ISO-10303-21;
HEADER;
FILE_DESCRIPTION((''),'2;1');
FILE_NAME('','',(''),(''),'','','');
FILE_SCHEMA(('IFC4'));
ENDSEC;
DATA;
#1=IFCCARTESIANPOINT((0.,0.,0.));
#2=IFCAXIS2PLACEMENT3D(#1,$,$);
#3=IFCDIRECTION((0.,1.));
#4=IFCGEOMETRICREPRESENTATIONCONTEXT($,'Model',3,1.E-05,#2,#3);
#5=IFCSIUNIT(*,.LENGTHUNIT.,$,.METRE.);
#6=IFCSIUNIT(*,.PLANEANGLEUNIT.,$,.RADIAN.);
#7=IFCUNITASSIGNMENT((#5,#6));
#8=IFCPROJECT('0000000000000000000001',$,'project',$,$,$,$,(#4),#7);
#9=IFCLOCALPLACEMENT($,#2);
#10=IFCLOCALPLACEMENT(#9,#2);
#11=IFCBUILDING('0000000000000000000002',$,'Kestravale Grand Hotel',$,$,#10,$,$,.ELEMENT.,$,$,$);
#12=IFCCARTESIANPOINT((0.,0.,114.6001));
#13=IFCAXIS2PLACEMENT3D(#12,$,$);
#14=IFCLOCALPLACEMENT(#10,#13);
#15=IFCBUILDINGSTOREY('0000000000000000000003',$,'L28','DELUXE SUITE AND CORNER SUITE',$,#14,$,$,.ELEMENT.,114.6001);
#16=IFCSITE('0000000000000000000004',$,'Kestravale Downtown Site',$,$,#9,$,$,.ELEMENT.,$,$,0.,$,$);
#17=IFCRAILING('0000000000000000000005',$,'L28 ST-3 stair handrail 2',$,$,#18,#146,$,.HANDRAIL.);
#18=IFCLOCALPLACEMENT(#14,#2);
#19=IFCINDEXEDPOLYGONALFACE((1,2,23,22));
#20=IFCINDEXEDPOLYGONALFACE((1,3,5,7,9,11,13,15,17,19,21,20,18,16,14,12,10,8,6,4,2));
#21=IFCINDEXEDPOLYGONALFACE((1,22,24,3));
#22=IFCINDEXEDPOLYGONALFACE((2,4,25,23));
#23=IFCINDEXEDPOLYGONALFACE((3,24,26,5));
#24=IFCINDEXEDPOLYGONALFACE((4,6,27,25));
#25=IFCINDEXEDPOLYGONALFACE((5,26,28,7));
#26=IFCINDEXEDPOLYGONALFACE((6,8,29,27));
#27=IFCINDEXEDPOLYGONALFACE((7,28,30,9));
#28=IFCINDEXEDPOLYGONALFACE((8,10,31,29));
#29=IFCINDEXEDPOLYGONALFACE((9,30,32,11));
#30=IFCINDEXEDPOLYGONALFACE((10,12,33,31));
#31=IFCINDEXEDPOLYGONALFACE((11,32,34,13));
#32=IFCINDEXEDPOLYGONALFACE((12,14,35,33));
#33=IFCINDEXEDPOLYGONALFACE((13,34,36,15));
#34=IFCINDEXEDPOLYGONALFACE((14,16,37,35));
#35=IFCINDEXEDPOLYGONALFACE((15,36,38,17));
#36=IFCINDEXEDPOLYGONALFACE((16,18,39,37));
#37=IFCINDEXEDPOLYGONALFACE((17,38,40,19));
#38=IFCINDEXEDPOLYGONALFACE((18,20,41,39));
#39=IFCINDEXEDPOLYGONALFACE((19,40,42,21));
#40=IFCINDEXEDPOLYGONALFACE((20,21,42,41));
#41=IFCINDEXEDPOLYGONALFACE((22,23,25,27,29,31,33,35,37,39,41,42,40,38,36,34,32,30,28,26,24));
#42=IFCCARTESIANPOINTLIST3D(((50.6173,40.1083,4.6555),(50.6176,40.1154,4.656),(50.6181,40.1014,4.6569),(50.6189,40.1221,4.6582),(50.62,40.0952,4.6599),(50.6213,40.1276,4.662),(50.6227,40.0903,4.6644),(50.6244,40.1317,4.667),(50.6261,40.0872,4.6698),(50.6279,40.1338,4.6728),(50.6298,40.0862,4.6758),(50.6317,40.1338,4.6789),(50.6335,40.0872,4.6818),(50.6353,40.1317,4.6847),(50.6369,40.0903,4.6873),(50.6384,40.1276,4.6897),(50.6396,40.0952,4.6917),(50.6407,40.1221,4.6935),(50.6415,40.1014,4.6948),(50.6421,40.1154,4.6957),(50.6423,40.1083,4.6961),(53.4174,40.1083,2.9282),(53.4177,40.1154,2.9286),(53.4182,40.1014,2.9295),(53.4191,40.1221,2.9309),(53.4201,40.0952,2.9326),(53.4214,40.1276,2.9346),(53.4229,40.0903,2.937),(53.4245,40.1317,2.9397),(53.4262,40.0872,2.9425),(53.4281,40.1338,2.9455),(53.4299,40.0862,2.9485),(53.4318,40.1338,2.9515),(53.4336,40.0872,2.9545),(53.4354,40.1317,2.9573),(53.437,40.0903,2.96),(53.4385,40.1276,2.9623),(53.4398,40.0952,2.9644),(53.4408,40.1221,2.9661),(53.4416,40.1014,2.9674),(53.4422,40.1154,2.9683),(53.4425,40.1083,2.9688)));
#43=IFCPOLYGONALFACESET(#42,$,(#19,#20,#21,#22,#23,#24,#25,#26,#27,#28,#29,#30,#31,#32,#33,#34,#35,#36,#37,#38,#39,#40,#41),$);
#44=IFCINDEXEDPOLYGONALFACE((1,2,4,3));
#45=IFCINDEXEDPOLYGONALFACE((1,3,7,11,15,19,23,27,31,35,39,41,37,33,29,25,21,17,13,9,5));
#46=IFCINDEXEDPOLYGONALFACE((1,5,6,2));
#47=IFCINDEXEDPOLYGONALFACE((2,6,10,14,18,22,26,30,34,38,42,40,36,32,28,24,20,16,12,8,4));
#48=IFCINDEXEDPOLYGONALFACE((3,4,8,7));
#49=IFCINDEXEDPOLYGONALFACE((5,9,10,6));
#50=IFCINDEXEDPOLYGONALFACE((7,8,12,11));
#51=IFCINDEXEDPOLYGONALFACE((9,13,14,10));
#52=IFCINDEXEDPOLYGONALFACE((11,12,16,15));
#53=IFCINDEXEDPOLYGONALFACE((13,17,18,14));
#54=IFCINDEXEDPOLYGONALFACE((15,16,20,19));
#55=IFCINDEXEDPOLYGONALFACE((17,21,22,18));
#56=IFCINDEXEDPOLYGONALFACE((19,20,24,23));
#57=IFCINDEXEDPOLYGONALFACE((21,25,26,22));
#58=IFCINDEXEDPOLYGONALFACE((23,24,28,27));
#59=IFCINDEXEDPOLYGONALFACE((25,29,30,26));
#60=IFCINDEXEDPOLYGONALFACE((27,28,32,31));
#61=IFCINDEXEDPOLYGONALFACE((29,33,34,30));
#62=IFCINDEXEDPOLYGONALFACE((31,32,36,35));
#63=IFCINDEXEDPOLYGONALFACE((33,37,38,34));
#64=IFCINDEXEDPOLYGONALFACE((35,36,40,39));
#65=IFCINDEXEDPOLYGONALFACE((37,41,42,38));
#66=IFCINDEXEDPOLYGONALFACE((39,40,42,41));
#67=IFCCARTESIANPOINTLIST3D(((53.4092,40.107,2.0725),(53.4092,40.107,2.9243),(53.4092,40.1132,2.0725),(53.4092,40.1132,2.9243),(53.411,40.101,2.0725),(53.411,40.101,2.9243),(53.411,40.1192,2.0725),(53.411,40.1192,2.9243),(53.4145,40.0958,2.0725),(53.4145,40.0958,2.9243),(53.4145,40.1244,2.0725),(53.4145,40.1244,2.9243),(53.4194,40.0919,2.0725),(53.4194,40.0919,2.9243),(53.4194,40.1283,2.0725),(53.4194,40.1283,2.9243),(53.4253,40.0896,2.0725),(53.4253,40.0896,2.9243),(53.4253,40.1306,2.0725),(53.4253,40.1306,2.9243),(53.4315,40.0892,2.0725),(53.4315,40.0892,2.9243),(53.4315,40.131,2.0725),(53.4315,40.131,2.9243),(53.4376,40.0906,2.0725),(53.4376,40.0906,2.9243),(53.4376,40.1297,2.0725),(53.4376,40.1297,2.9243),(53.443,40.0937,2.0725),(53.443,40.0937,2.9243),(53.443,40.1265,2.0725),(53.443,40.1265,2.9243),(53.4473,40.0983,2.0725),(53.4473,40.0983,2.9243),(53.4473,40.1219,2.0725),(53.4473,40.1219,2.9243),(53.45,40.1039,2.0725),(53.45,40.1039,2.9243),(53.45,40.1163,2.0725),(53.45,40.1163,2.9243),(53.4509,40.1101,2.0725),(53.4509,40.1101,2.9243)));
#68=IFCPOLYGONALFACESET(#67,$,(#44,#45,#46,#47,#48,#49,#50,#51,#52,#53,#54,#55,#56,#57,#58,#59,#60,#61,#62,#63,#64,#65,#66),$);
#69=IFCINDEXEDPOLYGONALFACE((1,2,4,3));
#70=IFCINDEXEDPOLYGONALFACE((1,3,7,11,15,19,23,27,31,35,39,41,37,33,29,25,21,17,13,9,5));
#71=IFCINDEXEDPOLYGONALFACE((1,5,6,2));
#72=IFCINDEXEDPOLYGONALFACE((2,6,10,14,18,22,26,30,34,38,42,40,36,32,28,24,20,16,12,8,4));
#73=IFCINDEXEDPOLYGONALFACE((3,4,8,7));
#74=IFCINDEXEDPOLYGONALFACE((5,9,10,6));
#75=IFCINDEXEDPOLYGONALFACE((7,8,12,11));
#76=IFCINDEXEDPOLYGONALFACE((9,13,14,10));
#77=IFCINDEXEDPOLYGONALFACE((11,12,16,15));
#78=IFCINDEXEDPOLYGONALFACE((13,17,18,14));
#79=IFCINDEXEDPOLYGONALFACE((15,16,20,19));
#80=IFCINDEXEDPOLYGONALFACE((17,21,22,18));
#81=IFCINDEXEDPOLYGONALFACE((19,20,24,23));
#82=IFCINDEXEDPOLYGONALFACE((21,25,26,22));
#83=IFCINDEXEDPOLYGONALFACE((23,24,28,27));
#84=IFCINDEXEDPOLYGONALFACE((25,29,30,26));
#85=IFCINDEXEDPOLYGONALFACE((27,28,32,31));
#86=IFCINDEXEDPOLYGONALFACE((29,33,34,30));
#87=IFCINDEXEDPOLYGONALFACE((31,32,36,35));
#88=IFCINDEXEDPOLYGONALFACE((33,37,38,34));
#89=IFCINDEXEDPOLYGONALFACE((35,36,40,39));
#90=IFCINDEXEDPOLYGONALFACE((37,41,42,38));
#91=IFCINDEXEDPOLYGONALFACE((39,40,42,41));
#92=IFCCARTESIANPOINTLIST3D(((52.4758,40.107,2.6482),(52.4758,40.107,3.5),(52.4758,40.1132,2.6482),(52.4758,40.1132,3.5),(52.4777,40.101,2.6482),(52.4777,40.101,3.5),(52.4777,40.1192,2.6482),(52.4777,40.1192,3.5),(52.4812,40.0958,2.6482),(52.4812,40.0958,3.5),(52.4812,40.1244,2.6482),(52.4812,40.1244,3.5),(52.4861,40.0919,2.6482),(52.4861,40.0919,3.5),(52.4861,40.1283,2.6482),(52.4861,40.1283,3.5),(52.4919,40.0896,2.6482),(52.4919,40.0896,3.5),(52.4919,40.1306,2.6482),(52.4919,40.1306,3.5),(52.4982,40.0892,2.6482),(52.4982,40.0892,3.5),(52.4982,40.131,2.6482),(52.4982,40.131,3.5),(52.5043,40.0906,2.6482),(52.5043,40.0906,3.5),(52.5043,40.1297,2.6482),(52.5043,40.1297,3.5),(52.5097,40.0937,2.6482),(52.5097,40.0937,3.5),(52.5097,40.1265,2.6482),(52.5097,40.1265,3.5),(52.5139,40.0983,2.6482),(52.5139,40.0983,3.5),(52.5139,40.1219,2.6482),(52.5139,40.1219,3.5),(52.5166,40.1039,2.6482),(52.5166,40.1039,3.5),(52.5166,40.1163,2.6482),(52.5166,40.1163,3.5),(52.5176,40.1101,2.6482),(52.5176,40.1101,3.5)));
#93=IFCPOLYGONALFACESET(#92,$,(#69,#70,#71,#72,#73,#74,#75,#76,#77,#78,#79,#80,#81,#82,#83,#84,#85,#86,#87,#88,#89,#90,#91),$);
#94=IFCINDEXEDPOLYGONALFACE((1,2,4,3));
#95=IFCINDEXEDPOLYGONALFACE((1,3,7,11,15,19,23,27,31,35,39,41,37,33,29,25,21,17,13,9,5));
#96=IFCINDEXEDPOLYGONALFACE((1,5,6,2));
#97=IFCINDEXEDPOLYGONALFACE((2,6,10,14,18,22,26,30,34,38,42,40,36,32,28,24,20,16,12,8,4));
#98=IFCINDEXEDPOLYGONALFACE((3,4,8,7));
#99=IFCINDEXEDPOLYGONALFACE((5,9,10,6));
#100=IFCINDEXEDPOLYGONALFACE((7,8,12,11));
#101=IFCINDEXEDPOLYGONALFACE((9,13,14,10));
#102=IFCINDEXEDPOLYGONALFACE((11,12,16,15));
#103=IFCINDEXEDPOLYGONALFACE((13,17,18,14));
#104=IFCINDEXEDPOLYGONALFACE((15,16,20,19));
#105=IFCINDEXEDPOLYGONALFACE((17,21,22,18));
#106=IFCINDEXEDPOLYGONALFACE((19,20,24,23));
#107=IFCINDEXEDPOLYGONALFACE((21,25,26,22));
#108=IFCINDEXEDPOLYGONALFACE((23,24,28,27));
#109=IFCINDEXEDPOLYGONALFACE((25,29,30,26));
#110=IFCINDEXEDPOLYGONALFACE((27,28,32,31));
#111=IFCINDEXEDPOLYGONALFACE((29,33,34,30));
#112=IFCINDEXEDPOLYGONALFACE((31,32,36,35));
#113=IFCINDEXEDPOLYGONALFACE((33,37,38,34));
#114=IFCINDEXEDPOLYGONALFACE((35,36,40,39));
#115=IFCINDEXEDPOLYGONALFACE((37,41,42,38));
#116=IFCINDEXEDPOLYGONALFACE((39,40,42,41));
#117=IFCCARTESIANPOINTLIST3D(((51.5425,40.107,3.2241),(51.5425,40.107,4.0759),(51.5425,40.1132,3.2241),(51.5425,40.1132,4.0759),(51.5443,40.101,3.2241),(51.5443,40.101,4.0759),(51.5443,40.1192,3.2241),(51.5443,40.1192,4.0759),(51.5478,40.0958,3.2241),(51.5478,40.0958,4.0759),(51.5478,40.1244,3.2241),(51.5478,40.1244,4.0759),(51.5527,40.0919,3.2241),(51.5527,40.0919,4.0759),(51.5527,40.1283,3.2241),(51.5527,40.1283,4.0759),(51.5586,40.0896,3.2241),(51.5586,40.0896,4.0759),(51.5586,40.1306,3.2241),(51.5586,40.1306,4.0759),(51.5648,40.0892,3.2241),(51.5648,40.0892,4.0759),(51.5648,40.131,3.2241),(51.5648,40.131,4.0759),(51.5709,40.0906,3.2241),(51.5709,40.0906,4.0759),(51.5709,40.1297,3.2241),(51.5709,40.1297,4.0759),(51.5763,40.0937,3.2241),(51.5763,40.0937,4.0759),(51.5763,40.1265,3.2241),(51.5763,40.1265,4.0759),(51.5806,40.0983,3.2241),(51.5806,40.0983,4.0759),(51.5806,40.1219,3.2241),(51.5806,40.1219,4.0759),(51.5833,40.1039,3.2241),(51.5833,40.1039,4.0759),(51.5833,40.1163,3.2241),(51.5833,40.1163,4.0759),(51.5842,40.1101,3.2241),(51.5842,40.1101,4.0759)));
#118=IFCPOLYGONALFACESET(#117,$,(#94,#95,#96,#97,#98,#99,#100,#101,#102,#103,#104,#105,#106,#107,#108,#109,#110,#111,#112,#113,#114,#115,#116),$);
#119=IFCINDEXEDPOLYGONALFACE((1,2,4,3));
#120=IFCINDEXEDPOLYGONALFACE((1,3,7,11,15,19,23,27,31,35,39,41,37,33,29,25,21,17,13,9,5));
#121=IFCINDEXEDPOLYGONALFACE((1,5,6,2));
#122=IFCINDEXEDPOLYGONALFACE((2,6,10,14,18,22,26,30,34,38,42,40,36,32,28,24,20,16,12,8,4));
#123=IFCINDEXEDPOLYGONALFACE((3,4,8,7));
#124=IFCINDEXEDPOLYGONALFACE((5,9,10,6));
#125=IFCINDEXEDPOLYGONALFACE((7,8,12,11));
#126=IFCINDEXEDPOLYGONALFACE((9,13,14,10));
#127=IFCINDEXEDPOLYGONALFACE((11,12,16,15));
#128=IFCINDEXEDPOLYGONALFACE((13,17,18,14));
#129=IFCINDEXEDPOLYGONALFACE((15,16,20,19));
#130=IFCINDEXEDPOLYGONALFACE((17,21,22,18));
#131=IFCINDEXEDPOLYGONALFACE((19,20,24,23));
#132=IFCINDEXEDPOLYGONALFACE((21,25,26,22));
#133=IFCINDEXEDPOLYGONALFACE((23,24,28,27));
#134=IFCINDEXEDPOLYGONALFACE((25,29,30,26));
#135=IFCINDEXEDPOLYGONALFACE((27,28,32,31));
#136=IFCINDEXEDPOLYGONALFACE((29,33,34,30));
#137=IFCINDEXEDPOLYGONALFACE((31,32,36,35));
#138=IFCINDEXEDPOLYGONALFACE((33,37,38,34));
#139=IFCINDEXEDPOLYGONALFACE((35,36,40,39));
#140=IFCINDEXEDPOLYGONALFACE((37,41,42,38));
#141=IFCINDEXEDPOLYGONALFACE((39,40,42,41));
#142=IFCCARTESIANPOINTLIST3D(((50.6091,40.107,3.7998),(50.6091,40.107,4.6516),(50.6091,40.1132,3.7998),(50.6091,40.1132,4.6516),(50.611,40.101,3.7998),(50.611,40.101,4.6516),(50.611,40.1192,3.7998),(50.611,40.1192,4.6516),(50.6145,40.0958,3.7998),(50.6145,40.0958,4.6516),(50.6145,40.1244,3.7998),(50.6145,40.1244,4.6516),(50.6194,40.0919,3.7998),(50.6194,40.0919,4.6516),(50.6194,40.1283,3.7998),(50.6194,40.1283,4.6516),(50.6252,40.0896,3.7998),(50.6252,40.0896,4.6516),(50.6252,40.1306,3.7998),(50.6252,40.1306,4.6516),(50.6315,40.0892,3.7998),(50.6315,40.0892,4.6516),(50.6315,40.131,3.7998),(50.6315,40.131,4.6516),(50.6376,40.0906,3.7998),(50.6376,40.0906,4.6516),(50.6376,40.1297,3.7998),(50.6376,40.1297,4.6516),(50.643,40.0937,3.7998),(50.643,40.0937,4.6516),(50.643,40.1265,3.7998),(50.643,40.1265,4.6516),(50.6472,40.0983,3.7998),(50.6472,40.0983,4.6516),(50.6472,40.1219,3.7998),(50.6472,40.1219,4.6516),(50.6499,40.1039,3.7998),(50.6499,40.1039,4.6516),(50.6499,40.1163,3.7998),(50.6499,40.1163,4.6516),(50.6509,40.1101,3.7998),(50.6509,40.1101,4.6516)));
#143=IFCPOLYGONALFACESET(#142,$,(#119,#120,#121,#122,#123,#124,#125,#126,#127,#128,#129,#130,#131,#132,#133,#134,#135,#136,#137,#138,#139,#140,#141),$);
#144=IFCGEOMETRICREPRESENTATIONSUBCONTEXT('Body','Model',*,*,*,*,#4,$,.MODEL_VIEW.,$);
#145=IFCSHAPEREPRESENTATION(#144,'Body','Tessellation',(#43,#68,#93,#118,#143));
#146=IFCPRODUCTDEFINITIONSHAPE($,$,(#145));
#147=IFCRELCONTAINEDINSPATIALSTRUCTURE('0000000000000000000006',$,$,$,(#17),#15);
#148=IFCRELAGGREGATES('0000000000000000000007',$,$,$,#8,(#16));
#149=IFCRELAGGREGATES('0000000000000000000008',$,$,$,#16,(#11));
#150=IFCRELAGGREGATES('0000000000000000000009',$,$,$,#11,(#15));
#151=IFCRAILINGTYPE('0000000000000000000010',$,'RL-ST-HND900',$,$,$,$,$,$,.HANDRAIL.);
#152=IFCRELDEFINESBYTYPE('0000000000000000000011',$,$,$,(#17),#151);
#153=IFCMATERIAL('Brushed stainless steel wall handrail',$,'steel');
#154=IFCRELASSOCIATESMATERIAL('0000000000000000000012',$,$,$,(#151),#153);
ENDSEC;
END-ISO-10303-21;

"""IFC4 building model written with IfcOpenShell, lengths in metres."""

from ifc_helpers import new_model, si_unit, direction, frame, origin, origin_2d, place, context, subcontext, project, spatial, circle, extrude, material, type_object, element, save


model = new_model("IFC4")

# Units and contexts
model_context = context("Model", 3, precision=1e-05, world=origin(), true_north=direction((0.0, 1.0)))
body_context = subcontext(model_context, "Body", "Model", "MODEL_VIEW")
ifc_project = project(units=[si_unit("LENGTHUNIT", "METRE"), si_unit("PLANEANGLEUNIT", "RADIAN")], contexts=[model_context])

# Site, building, storey
site_placement = place(None, origin())
site = spatial("IfcSite", under=ifc_project, at=site_placement, Name="Kestravale Downtown Site", CompositionType="ELEMENT", RefElevation=0.0)
building_placement = place(site_placement, origin())
building = spatial("IfcBuilding", under=site, at=building_placement, Name="Kestravale Grand Hotel", CompositionType="ELEMENT")
storey_placement = place(building_placement, frame((0.0, 0.0, 114.6001)))
storey = spatial("IfcBuildingStorey", under=building, at=storey_placement, Name="L28", Description="DELUXE SUITE AND CORNER SUITE", CompositionType="ELEMENT", Elevation=114.6001)

# Railing
ifc_material_1 = material(Name="Brushed stainless steel wall handrail", Category="steel")
railing_type_1 = type_object("IfcRailingType", Name="RL-ST-HND900", PredefinedType="HANDRAIL", material=ifc_material_1)
railing_1_placement = place(storey_placement, frame((53.4299, 40.1101, 2.0725)))
element("IfcRailing", 1, at=railing_1_placement, inside=storey, type_object=railing_type_1, Name="L28 ST-3 stair handrail 2", PredefinedType="HANDRAIL", context=body_context, shape_type="SweptSolid", body=[
    extrude(circle(Radius=0.0239, at=origin_2d()), frame((0.0, 0.0, 0.876), z_axis=(-0.85109, 0.0, 0.52502), x_axis=(0.0, -1.0, 0.0)), (0.0, 0.0, 1.0), 3.29),
    extrude(circle(Radius=0.021, at=origin_2d()), origin(), (0.0, 0.0, 1.0), 0.8518),
    extrude(circle(Radius=0.021, at=origin_2d()), frame((-0.9333, 0.0, 0.5757)), (0.0, 0.0, 1.0), 0.8518),
    extrude(circle(Radius=0.021, at=origin_2d()), frame((-1.8667, 0.0, 1.1516)), (0.0, 0.0, 1.0), 0.8518),
    extrude(circle(Radius=0.021, at=origin_2d()), frame((-2.8, 0.0, 1.7273)), (0.0, 0.0, 1.0), 0.8518),
])

save(model, "model.ifc")
